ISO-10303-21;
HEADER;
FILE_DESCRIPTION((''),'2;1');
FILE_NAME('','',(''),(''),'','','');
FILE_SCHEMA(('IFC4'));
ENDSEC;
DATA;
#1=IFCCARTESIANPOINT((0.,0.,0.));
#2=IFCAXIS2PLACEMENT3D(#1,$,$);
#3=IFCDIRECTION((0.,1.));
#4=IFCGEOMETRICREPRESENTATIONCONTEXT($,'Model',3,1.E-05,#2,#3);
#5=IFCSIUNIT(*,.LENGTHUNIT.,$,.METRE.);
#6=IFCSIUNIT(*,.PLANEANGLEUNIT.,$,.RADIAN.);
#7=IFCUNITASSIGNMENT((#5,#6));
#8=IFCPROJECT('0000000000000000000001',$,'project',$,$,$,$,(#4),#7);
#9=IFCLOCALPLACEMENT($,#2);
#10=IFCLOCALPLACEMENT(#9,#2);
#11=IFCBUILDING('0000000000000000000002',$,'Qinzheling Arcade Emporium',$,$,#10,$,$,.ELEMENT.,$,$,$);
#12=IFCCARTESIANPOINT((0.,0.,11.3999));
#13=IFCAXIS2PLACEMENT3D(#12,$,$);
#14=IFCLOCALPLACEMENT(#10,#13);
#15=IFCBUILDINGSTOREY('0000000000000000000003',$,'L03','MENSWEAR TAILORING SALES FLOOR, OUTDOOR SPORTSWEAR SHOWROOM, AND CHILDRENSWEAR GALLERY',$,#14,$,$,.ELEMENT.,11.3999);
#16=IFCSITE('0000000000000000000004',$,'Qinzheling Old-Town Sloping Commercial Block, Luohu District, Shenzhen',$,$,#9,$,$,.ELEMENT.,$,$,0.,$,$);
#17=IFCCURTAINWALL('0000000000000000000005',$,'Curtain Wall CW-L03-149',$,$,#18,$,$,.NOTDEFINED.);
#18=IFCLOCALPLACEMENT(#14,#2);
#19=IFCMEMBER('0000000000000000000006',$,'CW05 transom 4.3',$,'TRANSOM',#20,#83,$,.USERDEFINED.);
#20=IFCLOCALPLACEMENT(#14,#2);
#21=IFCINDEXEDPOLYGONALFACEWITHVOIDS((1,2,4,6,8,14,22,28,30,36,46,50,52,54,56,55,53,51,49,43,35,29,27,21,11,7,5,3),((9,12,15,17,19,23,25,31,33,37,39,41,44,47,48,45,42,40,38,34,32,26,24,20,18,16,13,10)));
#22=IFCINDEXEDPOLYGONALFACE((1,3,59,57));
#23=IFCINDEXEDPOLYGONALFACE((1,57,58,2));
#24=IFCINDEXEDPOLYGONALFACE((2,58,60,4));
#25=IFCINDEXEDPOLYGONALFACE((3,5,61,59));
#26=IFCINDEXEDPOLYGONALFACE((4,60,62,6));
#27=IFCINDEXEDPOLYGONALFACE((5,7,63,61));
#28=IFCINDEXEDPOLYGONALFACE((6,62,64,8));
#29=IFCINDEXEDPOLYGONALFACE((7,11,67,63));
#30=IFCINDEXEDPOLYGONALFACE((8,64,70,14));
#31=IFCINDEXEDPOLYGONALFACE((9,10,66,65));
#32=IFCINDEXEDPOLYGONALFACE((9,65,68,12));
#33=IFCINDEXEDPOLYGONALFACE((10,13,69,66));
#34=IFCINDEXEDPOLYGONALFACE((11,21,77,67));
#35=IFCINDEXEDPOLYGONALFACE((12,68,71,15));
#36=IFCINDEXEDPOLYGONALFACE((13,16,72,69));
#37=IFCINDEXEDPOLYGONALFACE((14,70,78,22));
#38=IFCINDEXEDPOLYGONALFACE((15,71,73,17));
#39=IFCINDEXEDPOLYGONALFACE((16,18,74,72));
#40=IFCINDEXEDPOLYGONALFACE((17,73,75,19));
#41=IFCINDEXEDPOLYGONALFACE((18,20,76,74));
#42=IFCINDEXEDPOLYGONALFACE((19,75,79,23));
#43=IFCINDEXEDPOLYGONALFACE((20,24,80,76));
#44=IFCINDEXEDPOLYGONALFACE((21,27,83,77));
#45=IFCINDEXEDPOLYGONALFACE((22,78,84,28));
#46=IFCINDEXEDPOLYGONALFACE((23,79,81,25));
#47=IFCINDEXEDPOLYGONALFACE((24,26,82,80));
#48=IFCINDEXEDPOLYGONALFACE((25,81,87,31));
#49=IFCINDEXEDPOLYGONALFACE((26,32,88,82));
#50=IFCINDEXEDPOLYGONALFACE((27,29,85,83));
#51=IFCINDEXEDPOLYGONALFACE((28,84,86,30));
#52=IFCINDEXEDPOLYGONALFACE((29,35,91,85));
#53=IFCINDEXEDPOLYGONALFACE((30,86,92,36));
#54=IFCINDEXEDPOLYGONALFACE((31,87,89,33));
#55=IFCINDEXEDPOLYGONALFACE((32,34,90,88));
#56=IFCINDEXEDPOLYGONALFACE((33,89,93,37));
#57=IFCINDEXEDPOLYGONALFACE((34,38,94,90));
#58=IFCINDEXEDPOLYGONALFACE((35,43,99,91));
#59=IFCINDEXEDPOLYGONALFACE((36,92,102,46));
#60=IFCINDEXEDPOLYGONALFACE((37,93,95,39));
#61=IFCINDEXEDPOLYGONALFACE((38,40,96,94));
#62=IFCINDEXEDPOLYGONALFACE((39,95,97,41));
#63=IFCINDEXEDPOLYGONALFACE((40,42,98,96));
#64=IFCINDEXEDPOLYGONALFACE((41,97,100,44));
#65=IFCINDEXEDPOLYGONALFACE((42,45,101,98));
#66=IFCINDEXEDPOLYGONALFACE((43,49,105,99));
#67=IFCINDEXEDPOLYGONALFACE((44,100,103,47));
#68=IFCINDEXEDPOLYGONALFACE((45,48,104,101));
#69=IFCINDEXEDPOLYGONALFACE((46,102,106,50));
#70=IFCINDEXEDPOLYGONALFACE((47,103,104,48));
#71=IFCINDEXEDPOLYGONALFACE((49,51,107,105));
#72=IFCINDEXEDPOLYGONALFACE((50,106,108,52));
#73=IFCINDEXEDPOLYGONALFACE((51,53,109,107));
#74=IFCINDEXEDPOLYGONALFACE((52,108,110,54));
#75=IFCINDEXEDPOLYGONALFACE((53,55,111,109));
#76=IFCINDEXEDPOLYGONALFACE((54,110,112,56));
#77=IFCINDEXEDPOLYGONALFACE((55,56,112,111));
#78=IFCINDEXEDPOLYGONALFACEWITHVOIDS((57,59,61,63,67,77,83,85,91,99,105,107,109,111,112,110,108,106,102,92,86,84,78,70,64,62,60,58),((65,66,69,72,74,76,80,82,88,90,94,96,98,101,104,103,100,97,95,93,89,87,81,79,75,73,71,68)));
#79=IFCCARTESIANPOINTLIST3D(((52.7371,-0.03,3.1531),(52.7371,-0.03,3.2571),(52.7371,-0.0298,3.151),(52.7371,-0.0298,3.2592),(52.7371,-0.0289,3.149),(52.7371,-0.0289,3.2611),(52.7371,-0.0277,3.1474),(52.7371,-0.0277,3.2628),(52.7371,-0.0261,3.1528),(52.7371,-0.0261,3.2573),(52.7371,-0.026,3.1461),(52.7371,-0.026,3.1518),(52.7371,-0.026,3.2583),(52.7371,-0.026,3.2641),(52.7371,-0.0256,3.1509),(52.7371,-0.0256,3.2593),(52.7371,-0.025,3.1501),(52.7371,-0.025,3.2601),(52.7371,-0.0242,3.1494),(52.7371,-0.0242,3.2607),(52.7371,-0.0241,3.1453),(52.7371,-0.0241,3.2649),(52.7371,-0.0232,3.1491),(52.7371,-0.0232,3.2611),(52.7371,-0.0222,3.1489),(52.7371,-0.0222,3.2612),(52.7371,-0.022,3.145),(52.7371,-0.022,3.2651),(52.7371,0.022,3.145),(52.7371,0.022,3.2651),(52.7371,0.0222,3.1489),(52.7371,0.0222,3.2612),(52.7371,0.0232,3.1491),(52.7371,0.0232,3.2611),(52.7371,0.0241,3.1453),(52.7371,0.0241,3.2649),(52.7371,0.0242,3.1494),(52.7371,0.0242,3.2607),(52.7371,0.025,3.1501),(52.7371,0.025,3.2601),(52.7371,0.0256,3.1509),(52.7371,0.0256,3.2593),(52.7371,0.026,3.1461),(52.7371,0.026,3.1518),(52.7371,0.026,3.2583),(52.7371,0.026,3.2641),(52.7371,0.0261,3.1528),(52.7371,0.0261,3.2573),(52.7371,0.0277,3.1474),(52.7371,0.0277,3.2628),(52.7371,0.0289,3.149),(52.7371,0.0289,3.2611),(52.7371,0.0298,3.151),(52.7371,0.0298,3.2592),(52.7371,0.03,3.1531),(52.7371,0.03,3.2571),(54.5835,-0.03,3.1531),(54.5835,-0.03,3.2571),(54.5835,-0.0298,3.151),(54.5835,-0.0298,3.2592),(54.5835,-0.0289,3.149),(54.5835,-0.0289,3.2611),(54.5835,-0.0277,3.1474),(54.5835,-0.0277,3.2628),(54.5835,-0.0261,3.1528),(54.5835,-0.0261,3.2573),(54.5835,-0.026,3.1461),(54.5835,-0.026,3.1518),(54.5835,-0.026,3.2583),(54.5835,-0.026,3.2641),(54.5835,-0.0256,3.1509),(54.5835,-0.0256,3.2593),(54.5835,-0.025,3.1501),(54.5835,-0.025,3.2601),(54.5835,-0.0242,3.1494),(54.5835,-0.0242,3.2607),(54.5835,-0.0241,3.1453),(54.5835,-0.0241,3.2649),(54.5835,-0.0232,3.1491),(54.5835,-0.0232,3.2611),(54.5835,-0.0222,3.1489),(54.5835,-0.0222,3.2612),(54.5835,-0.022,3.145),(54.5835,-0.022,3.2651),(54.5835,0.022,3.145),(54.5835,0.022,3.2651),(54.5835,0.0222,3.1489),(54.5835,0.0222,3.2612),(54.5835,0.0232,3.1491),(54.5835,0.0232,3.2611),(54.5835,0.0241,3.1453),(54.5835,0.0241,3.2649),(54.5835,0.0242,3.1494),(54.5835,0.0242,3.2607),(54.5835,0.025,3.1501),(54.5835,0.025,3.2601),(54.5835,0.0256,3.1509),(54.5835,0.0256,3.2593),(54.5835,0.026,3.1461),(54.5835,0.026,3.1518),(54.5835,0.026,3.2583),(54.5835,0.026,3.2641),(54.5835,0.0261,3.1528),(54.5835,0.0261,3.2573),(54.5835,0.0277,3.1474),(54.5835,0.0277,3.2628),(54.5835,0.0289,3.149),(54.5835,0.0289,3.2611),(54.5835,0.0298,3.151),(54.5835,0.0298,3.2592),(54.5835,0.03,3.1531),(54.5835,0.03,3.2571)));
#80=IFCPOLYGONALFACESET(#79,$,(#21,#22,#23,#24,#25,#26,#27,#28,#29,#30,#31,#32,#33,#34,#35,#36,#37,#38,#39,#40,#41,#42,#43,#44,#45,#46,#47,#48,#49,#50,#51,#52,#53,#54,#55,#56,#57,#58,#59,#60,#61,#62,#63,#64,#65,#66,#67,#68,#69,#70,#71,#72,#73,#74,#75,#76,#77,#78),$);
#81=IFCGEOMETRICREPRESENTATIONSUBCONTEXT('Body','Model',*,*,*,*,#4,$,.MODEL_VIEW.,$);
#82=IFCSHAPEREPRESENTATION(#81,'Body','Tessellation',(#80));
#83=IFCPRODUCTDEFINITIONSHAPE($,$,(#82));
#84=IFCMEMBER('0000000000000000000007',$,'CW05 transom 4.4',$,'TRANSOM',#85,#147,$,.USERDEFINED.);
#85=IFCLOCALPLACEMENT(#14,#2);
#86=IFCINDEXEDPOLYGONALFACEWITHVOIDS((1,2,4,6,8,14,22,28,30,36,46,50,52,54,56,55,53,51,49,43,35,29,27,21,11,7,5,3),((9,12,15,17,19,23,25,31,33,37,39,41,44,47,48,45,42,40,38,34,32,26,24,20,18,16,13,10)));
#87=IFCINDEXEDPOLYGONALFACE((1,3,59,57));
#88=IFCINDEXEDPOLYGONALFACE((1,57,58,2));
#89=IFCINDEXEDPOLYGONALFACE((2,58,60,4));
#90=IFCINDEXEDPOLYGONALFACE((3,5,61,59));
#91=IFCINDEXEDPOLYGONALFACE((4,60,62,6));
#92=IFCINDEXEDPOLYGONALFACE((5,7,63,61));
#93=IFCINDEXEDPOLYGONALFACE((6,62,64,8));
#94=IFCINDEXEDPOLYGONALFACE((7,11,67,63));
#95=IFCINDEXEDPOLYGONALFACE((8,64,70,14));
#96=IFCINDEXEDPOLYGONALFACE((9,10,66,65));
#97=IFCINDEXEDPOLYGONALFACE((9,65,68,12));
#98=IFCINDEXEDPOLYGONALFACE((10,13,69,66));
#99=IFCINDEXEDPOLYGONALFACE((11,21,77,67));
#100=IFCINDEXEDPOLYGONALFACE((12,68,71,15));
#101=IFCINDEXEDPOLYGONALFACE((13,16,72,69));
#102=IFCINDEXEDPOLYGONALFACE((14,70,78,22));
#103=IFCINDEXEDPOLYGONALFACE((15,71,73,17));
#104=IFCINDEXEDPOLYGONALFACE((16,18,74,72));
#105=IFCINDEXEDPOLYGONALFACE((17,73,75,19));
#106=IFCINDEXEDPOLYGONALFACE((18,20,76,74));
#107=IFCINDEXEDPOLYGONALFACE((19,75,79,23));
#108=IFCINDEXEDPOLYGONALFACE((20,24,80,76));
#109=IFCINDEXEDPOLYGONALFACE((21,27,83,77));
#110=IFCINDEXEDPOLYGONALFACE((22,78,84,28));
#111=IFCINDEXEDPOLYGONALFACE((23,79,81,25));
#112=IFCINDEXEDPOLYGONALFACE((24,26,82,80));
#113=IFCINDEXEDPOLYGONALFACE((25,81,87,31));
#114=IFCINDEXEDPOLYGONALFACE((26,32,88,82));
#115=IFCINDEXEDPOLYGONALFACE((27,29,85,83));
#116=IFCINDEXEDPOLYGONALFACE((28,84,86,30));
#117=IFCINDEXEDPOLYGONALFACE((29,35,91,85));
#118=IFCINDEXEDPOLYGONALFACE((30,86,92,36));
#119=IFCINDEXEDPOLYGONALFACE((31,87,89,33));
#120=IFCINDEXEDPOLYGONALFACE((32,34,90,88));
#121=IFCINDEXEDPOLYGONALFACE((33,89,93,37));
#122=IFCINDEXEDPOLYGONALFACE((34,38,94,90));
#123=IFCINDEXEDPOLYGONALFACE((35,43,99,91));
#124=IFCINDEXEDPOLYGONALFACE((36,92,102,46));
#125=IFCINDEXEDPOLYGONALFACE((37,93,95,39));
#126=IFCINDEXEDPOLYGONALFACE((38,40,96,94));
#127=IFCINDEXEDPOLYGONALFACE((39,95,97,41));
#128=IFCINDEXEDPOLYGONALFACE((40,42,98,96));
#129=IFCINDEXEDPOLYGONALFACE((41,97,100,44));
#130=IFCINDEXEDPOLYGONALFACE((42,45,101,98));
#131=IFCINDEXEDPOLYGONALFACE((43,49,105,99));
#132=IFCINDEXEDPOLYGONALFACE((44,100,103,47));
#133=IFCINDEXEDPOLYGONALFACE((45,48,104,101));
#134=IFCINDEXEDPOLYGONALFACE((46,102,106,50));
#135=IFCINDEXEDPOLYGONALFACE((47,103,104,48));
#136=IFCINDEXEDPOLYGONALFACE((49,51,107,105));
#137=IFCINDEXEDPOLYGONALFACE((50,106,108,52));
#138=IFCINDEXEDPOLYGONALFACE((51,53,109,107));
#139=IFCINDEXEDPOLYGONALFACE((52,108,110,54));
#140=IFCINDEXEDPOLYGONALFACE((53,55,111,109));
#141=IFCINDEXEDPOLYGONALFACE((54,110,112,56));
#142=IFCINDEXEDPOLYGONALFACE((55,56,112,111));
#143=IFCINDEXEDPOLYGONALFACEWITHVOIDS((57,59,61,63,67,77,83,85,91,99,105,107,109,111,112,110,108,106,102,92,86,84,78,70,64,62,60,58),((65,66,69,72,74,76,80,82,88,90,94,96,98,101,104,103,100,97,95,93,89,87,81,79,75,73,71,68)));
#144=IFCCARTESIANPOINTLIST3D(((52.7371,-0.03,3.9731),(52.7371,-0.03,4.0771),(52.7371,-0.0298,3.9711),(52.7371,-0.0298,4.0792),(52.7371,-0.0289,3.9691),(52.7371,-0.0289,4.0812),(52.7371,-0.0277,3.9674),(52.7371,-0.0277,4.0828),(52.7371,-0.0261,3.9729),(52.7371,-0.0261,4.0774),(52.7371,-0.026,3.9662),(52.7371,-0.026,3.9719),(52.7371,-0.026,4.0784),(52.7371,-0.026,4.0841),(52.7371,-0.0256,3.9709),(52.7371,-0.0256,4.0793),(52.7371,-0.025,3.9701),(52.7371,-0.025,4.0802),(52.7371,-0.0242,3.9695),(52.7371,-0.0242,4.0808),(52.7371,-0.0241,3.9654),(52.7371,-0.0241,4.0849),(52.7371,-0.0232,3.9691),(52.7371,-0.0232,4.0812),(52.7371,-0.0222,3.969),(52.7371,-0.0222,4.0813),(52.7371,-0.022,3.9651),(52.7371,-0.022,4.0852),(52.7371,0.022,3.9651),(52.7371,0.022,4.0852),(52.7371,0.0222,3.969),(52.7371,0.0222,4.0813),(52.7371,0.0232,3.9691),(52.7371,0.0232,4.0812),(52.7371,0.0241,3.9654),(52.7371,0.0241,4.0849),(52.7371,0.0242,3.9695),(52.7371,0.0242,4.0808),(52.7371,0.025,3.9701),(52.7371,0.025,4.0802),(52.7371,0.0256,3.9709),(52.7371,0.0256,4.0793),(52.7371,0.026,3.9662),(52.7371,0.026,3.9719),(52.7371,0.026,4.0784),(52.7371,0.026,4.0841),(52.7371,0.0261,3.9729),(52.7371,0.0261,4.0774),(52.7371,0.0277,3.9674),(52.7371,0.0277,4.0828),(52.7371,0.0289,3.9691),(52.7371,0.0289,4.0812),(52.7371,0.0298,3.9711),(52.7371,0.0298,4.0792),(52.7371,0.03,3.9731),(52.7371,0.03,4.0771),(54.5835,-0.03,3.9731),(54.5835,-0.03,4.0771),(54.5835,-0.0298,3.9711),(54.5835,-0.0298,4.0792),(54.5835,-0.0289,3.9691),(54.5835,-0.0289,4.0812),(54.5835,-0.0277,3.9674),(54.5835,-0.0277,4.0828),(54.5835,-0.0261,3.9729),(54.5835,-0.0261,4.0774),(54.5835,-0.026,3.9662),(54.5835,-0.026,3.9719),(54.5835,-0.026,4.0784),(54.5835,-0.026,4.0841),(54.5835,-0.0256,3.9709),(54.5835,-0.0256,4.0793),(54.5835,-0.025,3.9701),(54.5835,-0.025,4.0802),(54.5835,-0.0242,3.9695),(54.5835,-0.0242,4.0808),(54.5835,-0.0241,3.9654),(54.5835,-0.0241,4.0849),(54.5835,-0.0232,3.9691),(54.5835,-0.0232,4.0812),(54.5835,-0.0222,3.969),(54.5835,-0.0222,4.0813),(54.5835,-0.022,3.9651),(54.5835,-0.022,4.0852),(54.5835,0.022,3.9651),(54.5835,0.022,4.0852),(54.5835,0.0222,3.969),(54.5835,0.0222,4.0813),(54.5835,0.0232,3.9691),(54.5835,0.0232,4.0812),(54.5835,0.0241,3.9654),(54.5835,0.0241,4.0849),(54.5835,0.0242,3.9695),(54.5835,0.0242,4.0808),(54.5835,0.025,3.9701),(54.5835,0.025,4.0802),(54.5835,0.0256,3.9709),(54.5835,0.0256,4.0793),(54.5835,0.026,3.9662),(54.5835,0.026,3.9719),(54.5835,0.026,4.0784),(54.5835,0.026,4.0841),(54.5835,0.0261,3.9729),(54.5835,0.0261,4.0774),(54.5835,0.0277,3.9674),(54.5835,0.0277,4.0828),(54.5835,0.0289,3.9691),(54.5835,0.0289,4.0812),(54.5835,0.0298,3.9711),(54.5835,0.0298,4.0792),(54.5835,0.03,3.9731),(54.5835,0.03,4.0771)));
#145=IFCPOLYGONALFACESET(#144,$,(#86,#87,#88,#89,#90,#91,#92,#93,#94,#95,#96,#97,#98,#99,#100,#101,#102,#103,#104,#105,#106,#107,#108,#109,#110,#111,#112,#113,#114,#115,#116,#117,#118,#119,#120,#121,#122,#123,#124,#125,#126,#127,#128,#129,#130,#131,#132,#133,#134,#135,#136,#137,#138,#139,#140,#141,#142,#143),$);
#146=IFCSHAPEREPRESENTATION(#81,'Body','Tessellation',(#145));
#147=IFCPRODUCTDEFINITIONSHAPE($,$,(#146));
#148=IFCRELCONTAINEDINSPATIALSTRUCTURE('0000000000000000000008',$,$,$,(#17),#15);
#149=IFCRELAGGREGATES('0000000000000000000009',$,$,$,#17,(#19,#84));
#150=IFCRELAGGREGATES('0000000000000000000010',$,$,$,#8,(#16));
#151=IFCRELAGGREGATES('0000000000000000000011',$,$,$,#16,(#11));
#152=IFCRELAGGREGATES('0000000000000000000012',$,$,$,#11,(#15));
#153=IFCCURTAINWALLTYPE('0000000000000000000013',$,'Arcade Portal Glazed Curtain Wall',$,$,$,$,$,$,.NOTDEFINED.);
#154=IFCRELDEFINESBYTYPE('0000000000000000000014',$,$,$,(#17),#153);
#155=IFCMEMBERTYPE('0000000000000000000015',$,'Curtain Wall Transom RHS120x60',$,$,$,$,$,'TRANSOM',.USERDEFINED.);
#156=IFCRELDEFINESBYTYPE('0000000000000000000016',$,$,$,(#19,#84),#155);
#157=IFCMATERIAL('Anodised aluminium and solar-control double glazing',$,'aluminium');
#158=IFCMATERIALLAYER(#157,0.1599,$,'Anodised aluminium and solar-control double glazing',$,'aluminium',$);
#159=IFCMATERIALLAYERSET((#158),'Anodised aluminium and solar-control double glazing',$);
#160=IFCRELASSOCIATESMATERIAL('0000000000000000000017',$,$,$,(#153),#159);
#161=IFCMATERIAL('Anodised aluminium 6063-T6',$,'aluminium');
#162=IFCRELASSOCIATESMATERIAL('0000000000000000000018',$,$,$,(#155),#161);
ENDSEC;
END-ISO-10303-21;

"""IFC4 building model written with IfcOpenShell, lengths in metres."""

from ifc_helpers import new_model, si_unit, direction, frame, origin, origin_2d, place, context, subcontext, project, spatial, hollow_rectangle, extrude, material, layer, layer_set, material_profile, profile_set, type_object, element, aggregate, save


model = new_model("IFC4")

# Units and contexts
model_context = context("Model", 3, precision=1e-05, world=origin(), true_north=direction((0.0, 1.0)))
body_context = subcontext(model_context, "Body", "Model", "MODEL_VIEW")
ifc_project = project(units=[si_unit("LENGTHUNIT", "METRE"), si_unit("PLANEANGLEUNIT", "RADIAN")], contexts=[model_context])

# Site, building, storey
site_placement = place(None, origin())
site = spatial("IfcSite", under=ifc_project, at=site_placement, Name="Qinzheling Old-Town Sloping Commercial Block, Luohu District, Shenzhen", CompositionType="ELEMENT", RefElevation=0.0)
building_placement = place(site_placement, origin())
building = spatial("IfcBuilding", under=site, at=building_placement, Name="Qinzheling Arcade Emporium", CompositionType="ELEMENT")
storey_placement = place(building_placement, frame((0.0, 0.0, 11.3999)))
storey = spatial("IfcBuildingStorey", under=building, at=storey_placement, Name="L03", Description="MENSWEAR TAILORING SALES FLOOR, OUTDOOR SPORTSWEAR SHOWROOM, AND CHILDRENSWEAR GALLERY", CompositionType="ELEMENT", Elevation=11.3999)

# Curtain wall
ifc_material_1 = material(Name="Anodised aluminium and solar-control double glazing", Category="aluminium")
ifc_layer_1 = layer(ifc_material_1, 0.1599, Name="Anodised aluminium and solar-control double glazing", Category="aluminium")
ifc_layer_set_1 = layer_set([ifc_layer_1], Name="Anodised aluminium and solar-control double glazing")
curtain_wall_type = type_object("IfcCurtainWallType", Name="Arcade Portal Glazed Curtain Wall", PredefinedType="NOTDEFINED", material=ifc_layer_set_1)
curtain_wall_1_placement = place(storey_placement, origin())
curtain_wall_1 = element("IfcCurtainWall", 1, at=curtain_wall_1_placement, inside=storey, type_object=curtain_wall_type, Name="Curtain Wall CW-L03-149", PredefinedType="NOTDEFINED")
ifc_material_2 = material(Name="Anodised aluminium 6063-T6", Category="aluminium")

# Members
ifc_material_profile_1 = material_profile(ifc_material_2, hollow_rectangle(XDim=0.0601, YDim=0.1201, WallThickness=0.0039, InnerFilletRadius=0.0039, OuterFilletRadius=0.0081, at=origin_2d()), Name="RHS 120x60x4", Category="aluminium")
ifc_profile_set_1 = profile_set([ifc_material_profile_1], Name="Anodised aluminium 6063-T6")
member_type_1 = type_object("IfcMemberType", Name="Curtain Wall Transom RHS120x60", ElementType="TRANSOM", PredefinedType="USERDEFINED", material=ifc_profile_set_1)
member_1_placement = place(storey_placement, frame((54.5835, 0.0, 3.2051), z_axis=(-1.0, 0.0, 0.0), x_axis=(0.0, -1.0, 0.0)))
member_1 = element("IfcMember", 2, at=member_1_placement, type_object=member_type_1, Name="CW05 transom 4.3", ObjectType="TRANSOM", PredefinedType="USERDEFINED", context=body_context, shape_type="SweptSolid", body=[
    extrude(hollow_rectangle(XDim=0.0601, YDim=0.1201, WallThickness=0.0039, InnerFilletRadius=0.0039, OuterFilletRadius=0.0081, at=origin_2d()), origin(), (0.0, 0.0, 1.0), 1.8464),
])
member_2_placement = place(storey_placement, frame((54.5835, 0.0, 4.0251), z_axis=(-1.0, 0.0, 0.0), x_axis=(0.0, -1.0, 0.0)))
member_2 = element("IfcMember", 3, at=member_2_placement, type_object=member_type_1, Name="CW05 transom 4.4", ObjectType="TRANSOM", PredefinedType="USERDEFINED", context=body_context, shape_type="SweptSolid", body=[
    extrude(hollow_rectangle(XDim=0.0601, YDim=0.1201, WallThickness=0.0039, InnerFilletRadius=0.0039, OuterFilletRadius=0.0081, at=origin_2d()), origin(), (0.0, 0.0, 1.0), 1.8464),
])

aggregate(curtain_wall_1, [member_1, member_2])

save(model, "model.ifc")
